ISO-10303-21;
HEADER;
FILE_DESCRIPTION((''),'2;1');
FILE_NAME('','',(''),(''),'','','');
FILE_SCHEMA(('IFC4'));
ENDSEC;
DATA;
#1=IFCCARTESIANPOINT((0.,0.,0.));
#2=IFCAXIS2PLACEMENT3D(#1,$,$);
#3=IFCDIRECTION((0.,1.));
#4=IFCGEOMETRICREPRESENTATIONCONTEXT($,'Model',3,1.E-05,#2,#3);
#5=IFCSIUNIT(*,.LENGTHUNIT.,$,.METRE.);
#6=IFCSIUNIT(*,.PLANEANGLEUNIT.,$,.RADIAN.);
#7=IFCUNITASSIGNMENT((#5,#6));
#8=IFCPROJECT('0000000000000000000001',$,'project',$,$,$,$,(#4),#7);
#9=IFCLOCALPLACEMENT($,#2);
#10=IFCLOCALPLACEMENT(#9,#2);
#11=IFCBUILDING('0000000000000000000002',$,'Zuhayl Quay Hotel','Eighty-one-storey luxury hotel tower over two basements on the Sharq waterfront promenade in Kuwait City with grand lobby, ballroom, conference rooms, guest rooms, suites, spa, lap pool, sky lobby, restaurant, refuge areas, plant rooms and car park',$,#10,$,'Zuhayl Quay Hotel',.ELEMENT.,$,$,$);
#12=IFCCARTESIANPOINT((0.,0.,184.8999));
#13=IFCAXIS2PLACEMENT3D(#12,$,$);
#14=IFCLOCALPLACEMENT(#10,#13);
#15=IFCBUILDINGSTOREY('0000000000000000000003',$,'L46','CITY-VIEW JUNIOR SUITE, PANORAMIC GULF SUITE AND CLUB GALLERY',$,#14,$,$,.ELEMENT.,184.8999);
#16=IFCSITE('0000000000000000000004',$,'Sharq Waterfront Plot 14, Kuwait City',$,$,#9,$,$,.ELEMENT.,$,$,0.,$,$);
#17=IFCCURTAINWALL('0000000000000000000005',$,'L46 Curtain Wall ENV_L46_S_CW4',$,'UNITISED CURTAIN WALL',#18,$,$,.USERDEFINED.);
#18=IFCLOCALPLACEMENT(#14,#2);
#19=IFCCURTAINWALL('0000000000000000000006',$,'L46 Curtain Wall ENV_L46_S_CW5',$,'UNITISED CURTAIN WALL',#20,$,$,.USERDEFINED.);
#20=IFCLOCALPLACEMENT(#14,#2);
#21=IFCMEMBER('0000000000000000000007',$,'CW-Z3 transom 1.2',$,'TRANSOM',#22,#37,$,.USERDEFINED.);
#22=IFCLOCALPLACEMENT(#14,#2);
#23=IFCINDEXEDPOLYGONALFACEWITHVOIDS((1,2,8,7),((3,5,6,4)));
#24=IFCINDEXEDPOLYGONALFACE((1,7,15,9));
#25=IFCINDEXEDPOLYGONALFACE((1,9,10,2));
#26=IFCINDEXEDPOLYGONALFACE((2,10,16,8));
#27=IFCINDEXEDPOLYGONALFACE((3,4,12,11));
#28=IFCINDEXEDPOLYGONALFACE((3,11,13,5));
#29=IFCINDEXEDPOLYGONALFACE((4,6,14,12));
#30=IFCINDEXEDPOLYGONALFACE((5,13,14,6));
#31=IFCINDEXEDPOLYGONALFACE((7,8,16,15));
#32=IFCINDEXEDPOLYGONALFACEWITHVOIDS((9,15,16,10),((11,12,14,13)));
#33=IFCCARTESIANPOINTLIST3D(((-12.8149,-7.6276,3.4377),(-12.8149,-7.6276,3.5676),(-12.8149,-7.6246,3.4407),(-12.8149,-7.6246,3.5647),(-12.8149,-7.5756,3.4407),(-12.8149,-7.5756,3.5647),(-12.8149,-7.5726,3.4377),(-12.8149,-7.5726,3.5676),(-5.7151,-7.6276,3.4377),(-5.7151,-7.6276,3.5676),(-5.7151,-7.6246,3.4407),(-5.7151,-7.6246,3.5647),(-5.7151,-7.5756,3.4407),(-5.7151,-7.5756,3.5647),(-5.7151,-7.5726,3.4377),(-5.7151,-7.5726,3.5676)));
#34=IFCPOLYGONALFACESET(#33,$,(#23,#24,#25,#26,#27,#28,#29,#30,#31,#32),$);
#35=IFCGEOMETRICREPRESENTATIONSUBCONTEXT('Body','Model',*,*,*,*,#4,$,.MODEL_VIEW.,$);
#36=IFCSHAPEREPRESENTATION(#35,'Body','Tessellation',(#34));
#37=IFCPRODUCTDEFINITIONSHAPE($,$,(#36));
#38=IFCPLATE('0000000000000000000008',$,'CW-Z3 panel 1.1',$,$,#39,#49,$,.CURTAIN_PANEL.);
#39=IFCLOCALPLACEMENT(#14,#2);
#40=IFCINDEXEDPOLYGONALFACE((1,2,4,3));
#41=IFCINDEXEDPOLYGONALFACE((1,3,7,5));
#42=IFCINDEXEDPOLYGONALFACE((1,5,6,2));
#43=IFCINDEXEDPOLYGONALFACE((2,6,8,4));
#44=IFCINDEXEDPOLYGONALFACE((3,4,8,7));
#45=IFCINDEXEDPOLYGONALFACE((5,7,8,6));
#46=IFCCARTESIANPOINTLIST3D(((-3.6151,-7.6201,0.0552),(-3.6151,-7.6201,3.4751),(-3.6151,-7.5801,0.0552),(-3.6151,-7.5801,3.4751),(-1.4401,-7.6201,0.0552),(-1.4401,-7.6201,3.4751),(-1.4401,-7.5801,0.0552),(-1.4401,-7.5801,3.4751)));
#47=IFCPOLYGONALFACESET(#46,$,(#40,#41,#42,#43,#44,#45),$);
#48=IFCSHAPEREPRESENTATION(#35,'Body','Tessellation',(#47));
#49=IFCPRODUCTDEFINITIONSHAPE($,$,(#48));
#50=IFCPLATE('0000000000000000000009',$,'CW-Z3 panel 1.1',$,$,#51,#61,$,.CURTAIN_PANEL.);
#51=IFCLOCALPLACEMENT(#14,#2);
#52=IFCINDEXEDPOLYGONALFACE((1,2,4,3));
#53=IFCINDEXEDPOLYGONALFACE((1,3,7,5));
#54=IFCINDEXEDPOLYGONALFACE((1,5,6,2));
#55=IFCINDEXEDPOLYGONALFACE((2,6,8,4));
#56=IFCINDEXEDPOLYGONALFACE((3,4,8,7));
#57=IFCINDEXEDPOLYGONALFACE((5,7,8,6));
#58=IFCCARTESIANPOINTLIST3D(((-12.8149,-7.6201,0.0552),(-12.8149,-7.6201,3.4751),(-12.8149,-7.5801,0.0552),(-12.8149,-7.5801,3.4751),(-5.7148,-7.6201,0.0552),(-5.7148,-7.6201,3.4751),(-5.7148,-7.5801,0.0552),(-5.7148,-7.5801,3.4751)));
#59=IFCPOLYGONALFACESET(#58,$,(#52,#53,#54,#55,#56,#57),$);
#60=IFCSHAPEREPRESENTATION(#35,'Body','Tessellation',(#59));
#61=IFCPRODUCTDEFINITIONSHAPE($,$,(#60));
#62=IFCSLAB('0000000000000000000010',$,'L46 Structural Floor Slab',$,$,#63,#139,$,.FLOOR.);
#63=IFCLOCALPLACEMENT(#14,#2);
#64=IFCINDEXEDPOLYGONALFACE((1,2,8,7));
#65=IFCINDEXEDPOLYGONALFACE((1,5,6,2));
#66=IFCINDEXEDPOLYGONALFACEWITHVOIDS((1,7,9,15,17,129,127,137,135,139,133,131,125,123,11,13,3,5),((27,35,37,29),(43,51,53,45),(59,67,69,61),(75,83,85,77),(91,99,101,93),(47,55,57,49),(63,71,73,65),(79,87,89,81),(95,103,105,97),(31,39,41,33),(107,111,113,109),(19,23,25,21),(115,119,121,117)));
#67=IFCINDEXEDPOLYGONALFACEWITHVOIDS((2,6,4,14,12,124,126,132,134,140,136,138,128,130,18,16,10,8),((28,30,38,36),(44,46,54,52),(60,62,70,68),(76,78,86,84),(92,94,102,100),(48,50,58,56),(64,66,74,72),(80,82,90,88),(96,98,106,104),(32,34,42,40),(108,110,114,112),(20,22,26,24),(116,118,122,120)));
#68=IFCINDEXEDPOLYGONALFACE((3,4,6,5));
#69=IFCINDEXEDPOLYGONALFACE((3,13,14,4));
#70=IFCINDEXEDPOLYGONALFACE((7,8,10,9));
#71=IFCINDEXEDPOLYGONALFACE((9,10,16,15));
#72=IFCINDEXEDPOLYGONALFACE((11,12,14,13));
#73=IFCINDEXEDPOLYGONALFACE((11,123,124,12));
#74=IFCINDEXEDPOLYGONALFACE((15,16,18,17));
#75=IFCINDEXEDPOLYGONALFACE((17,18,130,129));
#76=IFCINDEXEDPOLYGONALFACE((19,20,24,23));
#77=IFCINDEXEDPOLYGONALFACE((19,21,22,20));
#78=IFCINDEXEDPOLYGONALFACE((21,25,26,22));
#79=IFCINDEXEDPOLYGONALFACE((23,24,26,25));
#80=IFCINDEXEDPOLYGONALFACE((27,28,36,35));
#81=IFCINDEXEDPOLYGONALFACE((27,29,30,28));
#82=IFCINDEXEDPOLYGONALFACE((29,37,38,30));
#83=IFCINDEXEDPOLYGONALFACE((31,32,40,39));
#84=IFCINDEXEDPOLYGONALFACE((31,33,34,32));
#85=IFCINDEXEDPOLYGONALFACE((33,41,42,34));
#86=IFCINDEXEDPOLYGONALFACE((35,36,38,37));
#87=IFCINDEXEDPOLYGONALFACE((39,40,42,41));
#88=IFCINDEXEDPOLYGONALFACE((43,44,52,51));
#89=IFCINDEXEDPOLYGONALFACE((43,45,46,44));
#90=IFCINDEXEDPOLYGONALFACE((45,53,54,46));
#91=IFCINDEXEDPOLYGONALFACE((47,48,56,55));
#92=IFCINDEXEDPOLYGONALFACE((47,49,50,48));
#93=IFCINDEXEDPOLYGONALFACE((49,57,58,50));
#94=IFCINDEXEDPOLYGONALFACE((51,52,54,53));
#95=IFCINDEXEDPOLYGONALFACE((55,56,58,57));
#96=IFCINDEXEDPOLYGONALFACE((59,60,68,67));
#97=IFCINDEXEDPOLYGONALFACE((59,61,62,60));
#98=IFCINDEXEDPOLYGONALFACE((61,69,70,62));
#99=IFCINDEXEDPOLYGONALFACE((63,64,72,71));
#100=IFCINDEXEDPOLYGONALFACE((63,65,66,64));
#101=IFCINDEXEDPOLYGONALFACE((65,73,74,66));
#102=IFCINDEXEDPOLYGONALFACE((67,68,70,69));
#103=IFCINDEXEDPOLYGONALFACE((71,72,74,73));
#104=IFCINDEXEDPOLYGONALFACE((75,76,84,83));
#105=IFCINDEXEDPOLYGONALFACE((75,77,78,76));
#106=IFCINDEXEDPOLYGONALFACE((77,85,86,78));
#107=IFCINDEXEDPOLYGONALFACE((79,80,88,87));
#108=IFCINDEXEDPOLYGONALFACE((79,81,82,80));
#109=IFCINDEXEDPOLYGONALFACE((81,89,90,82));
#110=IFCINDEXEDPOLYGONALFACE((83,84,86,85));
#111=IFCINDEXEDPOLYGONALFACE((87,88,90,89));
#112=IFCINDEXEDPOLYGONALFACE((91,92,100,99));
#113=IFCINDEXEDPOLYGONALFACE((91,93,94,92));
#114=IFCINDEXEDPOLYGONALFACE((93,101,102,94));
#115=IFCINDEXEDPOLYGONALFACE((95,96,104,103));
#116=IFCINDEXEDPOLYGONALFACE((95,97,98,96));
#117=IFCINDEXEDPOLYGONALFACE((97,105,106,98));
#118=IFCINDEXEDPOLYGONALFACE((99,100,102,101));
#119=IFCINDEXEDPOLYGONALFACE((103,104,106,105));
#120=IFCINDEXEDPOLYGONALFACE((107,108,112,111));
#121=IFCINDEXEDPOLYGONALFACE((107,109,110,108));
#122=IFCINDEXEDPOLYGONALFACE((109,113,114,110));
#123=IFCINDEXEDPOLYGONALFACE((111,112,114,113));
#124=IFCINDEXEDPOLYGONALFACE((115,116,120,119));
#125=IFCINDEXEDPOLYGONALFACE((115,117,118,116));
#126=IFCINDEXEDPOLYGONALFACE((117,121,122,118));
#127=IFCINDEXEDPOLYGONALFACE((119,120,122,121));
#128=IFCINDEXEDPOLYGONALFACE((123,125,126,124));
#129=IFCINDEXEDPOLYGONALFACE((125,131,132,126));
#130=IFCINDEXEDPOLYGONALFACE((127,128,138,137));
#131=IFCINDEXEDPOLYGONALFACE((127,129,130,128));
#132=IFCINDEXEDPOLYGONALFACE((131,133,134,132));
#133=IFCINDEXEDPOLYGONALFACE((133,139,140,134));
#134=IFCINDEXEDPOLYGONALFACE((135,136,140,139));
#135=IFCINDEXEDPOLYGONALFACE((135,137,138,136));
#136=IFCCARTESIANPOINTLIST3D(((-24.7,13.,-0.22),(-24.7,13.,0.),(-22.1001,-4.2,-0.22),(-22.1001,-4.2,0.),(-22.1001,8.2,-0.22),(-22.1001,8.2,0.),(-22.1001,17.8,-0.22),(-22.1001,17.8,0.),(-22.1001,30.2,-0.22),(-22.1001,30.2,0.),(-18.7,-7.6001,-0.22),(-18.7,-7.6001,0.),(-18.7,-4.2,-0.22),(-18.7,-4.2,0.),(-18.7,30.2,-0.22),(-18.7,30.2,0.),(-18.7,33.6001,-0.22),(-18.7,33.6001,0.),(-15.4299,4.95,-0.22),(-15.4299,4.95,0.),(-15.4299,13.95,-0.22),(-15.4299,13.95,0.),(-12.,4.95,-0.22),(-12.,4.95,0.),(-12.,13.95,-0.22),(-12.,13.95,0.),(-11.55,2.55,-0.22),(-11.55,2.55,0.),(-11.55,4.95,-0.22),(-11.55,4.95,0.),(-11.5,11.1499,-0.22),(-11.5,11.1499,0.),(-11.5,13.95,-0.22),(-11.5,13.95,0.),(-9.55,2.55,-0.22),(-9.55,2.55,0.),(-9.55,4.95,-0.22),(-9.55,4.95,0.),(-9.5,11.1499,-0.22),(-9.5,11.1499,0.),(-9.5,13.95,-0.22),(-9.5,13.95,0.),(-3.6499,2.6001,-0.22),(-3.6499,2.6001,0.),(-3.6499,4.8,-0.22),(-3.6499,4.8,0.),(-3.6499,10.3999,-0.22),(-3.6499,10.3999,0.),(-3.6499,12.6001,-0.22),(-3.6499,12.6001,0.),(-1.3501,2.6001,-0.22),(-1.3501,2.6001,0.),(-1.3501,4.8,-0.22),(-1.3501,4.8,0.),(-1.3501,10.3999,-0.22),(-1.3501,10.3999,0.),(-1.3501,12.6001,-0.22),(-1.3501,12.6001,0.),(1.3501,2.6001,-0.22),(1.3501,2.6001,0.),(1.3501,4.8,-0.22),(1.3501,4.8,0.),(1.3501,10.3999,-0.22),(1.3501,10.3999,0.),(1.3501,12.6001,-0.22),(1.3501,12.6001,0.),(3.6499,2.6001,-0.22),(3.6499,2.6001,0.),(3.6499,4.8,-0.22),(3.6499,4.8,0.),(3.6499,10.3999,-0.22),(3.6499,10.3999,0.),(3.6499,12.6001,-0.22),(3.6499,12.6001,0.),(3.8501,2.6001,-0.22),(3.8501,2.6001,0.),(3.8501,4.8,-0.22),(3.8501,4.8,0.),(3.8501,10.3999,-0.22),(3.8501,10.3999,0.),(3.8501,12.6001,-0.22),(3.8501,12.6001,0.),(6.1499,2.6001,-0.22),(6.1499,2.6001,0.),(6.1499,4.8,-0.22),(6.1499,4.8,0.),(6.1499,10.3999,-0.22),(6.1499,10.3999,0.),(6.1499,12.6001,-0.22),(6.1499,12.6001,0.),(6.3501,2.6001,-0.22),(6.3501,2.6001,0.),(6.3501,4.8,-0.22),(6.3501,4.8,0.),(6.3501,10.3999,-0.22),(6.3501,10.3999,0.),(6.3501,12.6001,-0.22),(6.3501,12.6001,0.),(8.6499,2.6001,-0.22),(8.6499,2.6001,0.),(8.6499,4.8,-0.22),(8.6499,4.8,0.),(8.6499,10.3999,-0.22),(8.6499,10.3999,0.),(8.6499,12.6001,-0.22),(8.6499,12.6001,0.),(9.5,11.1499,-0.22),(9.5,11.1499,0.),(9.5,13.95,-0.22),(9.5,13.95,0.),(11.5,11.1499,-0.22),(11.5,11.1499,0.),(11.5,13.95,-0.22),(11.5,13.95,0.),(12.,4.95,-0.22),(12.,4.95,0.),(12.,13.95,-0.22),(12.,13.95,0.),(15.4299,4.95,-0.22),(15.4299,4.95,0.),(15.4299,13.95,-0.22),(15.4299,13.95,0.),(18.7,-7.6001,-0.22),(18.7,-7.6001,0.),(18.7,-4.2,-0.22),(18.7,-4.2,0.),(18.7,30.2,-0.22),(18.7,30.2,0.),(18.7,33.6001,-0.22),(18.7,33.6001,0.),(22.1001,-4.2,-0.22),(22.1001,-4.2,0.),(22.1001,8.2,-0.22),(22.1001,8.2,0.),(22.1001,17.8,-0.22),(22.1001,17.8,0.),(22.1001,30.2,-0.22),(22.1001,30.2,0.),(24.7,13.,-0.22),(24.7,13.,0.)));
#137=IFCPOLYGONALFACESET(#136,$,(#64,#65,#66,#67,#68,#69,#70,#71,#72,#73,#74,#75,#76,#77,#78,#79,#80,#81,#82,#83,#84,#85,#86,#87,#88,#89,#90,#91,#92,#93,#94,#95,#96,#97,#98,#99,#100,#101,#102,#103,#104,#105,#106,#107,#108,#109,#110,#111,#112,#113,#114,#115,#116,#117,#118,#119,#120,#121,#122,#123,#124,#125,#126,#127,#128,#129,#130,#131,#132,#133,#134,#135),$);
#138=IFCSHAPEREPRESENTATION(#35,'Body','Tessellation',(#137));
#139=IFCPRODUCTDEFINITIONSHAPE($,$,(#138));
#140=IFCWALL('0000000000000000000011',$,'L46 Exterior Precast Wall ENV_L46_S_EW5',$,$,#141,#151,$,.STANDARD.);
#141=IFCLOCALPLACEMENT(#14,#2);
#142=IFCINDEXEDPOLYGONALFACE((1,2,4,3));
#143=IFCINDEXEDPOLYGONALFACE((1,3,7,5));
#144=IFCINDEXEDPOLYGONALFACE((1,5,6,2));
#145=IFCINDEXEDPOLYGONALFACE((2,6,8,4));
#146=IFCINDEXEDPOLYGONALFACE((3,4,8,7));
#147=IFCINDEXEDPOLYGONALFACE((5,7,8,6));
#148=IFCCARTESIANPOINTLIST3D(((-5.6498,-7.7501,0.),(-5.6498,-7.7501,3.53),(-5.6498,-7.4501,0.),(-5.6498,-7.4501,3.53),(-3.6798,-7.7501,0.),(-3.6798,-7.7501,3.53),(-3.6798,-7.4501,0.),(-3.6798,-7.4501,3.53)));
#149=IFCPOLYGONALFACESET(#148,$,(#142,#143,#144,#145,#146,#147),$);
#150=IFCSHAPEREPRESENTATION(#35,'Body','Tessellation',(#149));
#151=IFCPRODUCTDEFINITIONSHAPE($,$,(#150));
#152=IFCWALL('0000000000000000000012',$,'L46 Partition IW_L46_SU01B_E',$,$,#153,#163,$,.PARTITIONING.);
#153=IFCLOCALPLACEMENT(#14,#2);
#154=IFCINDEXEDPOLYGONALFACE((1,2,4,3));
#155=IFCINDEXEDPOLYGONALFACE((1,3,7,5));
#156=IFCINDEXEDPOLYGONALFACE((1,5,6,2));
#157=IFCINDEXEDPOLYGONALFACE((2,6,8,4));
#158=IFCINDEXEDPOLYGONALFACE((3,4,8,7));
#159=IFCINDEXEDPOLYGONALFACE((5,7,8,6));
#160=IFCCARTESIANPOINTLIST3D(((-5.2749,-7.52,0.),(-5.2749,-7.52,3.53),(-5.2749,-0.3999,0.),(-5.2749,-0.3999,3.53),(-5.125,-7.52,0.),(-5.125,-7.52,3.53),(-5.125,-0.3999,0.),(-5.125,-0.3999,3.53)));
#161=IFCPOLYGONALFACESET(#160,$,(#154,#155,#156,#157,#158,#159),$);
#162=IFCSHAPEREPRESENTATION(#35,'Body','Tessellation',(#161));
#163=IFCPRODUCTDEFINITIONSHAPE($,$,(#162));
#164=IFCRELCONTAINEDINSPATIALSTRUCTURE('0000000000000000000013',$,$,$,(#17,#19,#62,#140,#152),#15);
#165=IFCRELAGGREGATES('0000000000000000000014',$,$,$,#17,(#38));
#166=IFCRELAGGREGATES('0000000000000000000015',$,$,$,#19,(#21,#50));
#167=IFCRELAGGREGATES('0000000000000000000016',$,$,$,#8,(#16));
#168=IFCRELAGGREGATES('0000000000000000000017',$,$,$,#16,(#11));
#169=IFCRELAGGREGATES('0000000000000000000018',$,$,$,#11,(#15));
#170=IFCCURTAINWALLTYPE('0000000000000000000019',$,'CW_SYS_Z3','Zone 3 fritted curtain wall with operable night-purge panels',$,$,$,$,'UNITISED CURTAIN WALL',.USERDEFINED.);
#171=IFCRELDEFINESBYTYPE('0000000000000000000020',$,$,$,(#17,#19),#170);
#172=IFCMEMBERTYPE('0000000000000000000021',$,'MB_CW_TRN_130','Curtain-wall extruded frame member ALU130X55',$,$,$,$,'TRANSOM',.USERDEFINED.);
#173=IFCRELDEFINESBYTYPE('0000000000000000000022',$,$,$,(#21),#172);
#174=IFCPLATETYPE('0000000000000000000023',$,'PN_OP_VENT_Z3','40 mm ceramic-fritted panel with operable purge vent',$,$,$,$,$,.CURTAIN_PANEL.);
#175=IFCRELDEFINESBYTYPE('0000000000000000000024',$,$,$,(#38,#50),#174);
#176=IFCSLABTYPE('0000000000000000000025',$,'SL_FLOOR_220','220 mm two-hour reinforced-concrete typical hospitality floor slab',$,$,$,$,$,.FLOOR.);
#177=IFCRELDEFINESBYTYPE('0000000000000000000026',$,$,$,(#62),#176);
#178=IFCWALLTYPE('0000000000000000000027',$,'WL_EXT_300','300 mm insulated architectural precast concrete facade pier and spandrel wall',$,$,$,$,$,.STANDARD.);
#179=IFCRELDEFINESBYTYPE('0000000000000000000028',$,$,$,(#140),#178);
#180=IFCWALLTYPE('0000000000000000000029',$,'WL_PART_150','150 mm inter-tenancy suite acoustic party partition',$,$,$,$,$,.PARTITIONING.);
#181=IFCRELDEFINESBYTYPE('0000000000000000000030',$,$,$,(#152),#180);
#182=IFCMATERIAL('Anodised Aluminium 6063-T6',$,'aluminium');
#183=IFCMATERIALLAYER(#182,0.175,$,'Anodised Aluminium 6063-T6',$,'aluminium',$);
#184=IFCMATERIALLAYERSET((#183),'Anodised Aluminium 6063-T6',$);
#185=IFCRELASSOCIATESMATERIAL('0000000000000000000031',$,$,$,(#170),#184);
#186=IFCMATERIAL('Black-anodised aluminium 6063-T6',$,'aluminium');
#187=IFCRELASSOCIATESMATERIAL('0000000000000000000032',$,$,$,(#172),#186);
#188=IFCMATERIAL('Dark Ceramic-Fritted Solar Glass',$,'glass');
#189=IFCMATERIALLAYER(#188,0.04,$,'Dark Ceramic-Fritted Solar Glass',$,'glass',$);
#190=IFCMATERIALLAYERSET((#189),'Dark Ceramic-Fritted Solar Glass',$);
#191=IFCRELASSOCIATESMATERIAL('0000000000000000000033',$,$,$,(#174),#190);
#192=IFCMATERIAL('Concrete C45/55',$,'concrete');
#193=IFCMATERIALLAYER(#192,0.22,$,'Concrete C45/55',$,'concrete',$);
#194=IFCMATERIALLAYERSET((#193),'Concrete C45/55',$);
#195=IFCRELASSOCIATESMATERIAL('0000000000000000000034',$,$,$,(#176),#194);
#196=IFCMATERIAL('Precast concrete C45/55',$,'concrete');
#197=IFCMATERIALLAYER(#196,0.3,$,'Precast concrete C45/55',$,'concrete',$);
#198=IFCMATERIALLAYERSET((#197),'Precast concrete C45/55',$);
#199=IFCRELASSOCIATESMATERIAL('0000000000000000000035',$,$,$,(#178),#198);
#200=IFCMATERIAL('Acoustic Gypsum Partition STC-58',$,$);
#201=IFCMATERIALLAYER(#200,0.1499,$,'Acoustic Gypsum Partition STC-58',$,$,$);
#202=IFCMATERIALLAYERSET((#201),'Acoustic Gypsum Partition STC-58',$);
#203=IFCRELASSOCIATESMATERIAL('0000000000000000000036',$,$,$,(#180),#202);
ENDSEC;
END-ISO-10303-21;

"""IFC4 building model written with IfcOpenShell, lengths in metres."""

from ifc_helpers import new_model, si_unit, direction, frame, frame_2d, origin, origin_2d, place, context, subcontext, project, spatial, polyline, rectangle, hollow_rectangle, outline, extrude, material, layer, layer_set, material_profile, profile_set, type_object, element, aggregate, save


model = new_model("IFC4")

# Units and contexts
model_context = context("Model", 3, precision=1e-05, world=origin(), true_north=direction((0.0, 1.0)))
body_context = subcontext(model_context, "Body", "Model", "MODEL_VIEW")
ifc_project = project(units=[si_unit("LENGTHUNIT", "METRE"), si_unit("PLANEANGLEUNIT", "RADIAN")], contexts=[model_context])

# Site, building, storey
site_placement = place(None, origin())
site = spatial("IfcSite", under=ifc_project, at=site_placement, Name="Sharq Waterfront Plot 14, Kuwait City", CompositionType="ELEMENT", RefElevation=0.0)
building_placement = place(site_placement, origin())
building = spatial("IfcBuilding", under=site, at=building_placement, Name="Zuhayl Quay Hotel", Description="Eighty-one-storey luxury hotel tower over two basements on the Sharq waterfront promenade in Kuwait City with grand lobby, ballroom, conference rooms, guest rooms, suites, spa, lap pool, sky lobby, restaurant, refuge areas, plant rooms and car park", LongName="Zuhayl Quay Hotel", CompositionType="ELEMENT")
storey_placement = place(building_placement, frame((0.0, 0.0, 184.8999)))
storey = spatial("IfcBuildingStorey", under=building, at=storey_placement, Name="L46", Description="CITY-VIEW JUNIOR SUITE, PANORAMIC GULF SUITE AND CLUB GALLERY", CompositionType="ELEMENT", Elevation=184.8999)

# Curtain wall
ifc_material_1 = material(Name="Anodised Aluminium 6063-T6", Category="aluminium")
ifc_layer_1 = layer(ifc_material_1, 0.175, Name="Anodised Aluminium 6063-T6", Category="aluminium")
ifc_layer_set_1 = layer_set([ifc_layer_1], Name="Anodised Aluminium 6063-T6")
curtain_wall_type = type_object("IfcCurtainWallType", Name="CW_SYS_Z3", Description="Zone 3 fritted curtain wall with operable night-purge panels", ElementType="UNITISED CURTAIN WALL", PredefinedType="USERDEFINED", material=ifc_layer_set_1)
curtain_wall_1_placement = place(storey_placement, origin())
curtain_wall_1 = element("IfcCurtainWall", 1, at=curtain_wall_1_placement, inside=storey, type_object=curtain_wall_type, Name="L46 Curtain Wall ENV_L46_S_CW4", ObjectType="UNITISED CURTAIN WALL", PredefinedType="USERDEFINED")
ifc_material_2 = material(Name="Black-anodised aluminium 6063-T6", Category="aluminium")

# Curtain wall
curtain_wall_2_placement = place(storey_placement, origin())
curtain_wall_2 = element("IfcCurtainWall", 2, at=curtain_wall_2_placement, inside=storey, type_object=curtain_wall_type, Name="L46 Curtain Wall ENV_L46_S_CW5", ObjectType="UNITISED CURTAIN WALL", PredefinedType="USERDEFINED")

# Member
ifc_material_profile_1 = material_profile(ifc_material_2, hollow_rectangle(XDim=0.0549, YDim=0.1299, WallThickness=0.0029, at=origin_2d()), Name="ALU130X55")
ifc_profile_set_1 = profile_set([ifc_material_profile_1], Name="Black-anodised aluminium 6063-T6")
member_type_1 = type_object("IfcMemberType", Name="MB_CW_TRN_130", Description="Curtain-wall extruded frame member ALU130X55", ElementType="TRANSOM", PredefinedType="USERDEFINED", material=ifc_profile_set_1)
member_1_placement = place(storey_placement, frame((-5.7151, -7.6001, 3.5027), z_axis=(-1.0, 0.0, 0.0), x_axis=(0.0, -1.0, 0.0)))
member_1 = element("IfcMember", 3, at=member_1_placement, type_object=member_type_1, Name="CW-Z3 transom 1.2", ObjectType="TRANSOM", PredefinedType="USERDEFINED", context=body_context, shape_type="SweptSolid", body=[
    extrude(hollow_rectangle(XDim=0.0549, YDim=0.1299, WallThickness=0.0029, at=origin_2d()), origin(), (0.0, 0.0, 1.0), 7.0999),
])

# Plates
ifc_material_3 = material(Name="Dark Ceramic-Fritted Solar Glass", Category="glass")
ifc_layer_2 = layer(ifc_material_3, 0.04, Name="Dark Ceramic-Fritted Solar Glass", Category="glass")
ifc_layer_set_2 = layer_set([ifc_layer_2], Name="Dark Ceramic-Fritted Solar Glass")
plate_type = type_object("IfcPlateType", Name="PN_OP_VENT_Z3", Description="40 mm ceramic-fritted panel with operable purge vent", PredefinedType="CURTAIN_PANEL", material=ifc_layer_set_2)
plate_1_placement = place(storey_placement, frame((-2.5276, -7.6001, 0.0552), z_axis=(0.0, 0.0, 1.0), x_axis=(-1.0, 0.0, 0.0)))
plate_1 = element("IfcPlate", 4, at=plate_1_placement, type_object=plate_type, Name="CW-Z3 panel 1.1", PredefinedType="CURTAIN_PANEL", context=body_context, shape_type="SweptSolid", body=[
    extrude(rectangle(XDim=2.175, YDim=0.04, at=origin_2d()), origin(), (0.0, 0.0, 1.0), 3.4199),
])
aggregate(curtain_wall_1, [plate_1])
plate_2_placement = place(storey_placement, frame((-9.2649, -7.6001, 0.0552), z_axis=(0.0, 0.0, 1.0), x_axis=(-1.0, 0.0, 0.0)))
plate_2 = element("IfcPlate", 5, at=plate_2_placement, type_object=plate_type, Name="CW-Z3 panel 1.1", PredefinedType="CURTAIN_PANEL", context=body_context, shape_type="SweptSolid", body=[
    extrude(rectangle(XDim=7.1001, YDim=0.04, at=origin_2d()), origin(), (0.0, 0.0, 1.0), 3.4199),
])
aggregate(curtain_wall_2, [member_1, plate_2])

# Slab
ifc_material_4 = material(Name="Concrete C45/55", Category="concrete")
ifc_layer_3 = layer(ifc_material_4, 0.22, Name="Concrete C45/55", Category="concrete")
ifc_layer_set_3 = layer_set([ifc_layer_3], Name="Concrete C45/55")
slab_type = type_object("IfcSlabType", Name="SL_FLOOR_220", Description="220 mm two-hour reinforced-concrete typical hospitality floor slab", PredefinedType="FLOOR", material=ifc_layer_set_3)
slab_placement = place(storey_placement, frame((0.0, 0.0, -0.22)))
element("IfcSlab", 6, at=slab_placement, inside=storey, type_object=slab_type, Name="L46 Structural Floor Slab", PredefinedType="FLOOR", context=body_context, shape_type="SweptSolid", body=[
    extrude(outline(polyline([(-18.7, -7.6001), (18.7, -7.6001), (18.7, -4.2), (22.1001, -4.2), (22.1001, 8.2), (24.7, 13.0), (22.1001, 17.8), (22.1001, 30.2), (18.7, 30.2), (18.7, 33.6001), (-18.7, 33.6001), (-18.7, 30.2), (-22.1001, 30.2), (-22.1001, 17.8), (-24.7, 13.0), (-22.1001, 8.2), (-22.1001, -4.2), (-18.7, -4.2), (-18.7, -7.6001)]), holes=[polyline([(-12.0, 4.95), (-12.0, 13.95), (-15.4299, 13.95), (-15.4299, 4.95), (-12.0, 4.95)]), polyline([(15.4299, 4.95), (15.4299, 13.95), (12.0, 13.95), (12.0, 4.95), (15.4299, 4.95)]), polyline([(-11.5, 11.1499), (-9.5, 11.1499), (-9.5, 13.95), (-11.5, 13.95), (-11.5, 11.1499)]), polyline([(9.5, 11.1499), (11.5, 11.1499), (11.5, 13.95), (9.5, 13.95), (9.5, 11.1499)]), polyline([(-3.6499, 2.6001), (-1.3501, 2.6001), (-1.3501, 4.8), (-3.6499, 4.8), (-3.6499, 2.6001)]), polyline([(1.3501, 2.6001), (3.6499, 2.6001), (3.6499, 4.8), (1.3501, 4.8), (1.3501, 2.6001)]), polyline([(-3.6499, 10.3999), (-1.3501, 10.3999), (-1.3501, 12.6001), (-3.6499, 12.6001), (-3.6499, 10.3999)]), polyline([(1.3501, 10.3999), (3.6499, 10.3999), (3.6499, 12.6001), (1.3501, 12.6001), (1.3501, 10.3999)]), polyline([(3.8501, 2.6001), (6.1499, 2.6001), (6.1499, 4.8), (3.8501, 4.8), (3.8501, 2.6001)]), polyline([(6.3501, 2.6001), (8.6499, 2.6001), (8.6499, 4.8), (6.3501, 4.8), (6.3501, 2.6001)]), polyline([(3.8501, 10.3999), (6.1499, 10.3999), (6.1499, 12.6001), (3.8501, 12.6001), (3.8501, 10.3999)]), polyline([(6.3501, 10.3999), (8.6499, 10.3999), (8.6499, 12.6001), (6.3501, 12.6001), (6.3501, 10.3999)]), polyline([(-11.55, 2.55), (-9.55, 2.55), (-9.55, 4.95), (-11.55, 4.95), (-11.55, 2.55)])]), origin(), (0.0, 0.0, 1.0), 0.22),
])

# Walls
ifc_material_5 = material(Name="Precast concrete C45/55", Category="concrete")
ifc_layer_4 = layer(ifc_material_5, 0.3, Name="Precast concrete C45/55", Category="concrete")
ifc_layer_set_4 = layer_set([ifc_layer_4], Name="Precast concrete C45/55")
wall_type_1 = type_object("IfcWallType", Name="WL_EXT_300", Description="300 mm insulated architectural precast concrete facade pier and spandrel wall", PredefinedType="STANDARD", material=ifc_layer_set_4)
wall_1_placement = place(storey_placement, frame((-3.6799, -7.6001, 0.0), z_axis=(0.0, 0.0, 1.0), x_axis=(-1.0, 0.0, 0.0)))
element("IfcWall", 7, at=wall_1_placement, inside=storey, type_object=wall_type_1, Name="L46 Exterior Precast Wall ENV_L46_S_EW5", PredefinedType="STANDARD", context=body_context, shape_type="SweptSolid", body=[
    extrude(rectangle(XDim=1.97, YDim=0.3, at=frame_2d((0.9849, 0.0))), origin(), (0.0, 0.0, 1.0), 3.53),
])
ifc_material_6 = material(Name="Acoustic Gypsum Partition STC-58")
ifc_layer_5 = layer(ifc_material_6, 0.1499, Name="Acoustic Gypsum Partition STC-58")
ifc_layer_set_5 = layer_set([ifc_layer_5], Name="Acoustic Gypsum Partition STC-58")
wall_type_2 = type_object("IfcWallType", Name="WL_PART_150", Description="150 mm inter-tenancy suite acoustic party partition", PredefinedType="PARTITIONING", material=ifc_layer_set_5)
wall_2_placement = place(storey_placement, frame((-5.2, -7.52, 0.0), z_axis=(0.0, 0.0, 1.0), x_axis=(0.0, 1.0, 0.0)))
element("IfcWall", 8, at=wall_2_placement, inside=storey, type_object=wall_type_2, Name="L46 Partition IW_L46_SU01B_E", PredefinedType="PARTITIONING", context=body_context, shape_type="SweptSolid", body=[
    extrude(rectangle(XDim=7.1201, YDim=0.1499, at=frame_2d((3.5601, 0.0))), origin(), (0.0, 0.0, 1.0), 3.53),
])

save(model, "model.ifc")
